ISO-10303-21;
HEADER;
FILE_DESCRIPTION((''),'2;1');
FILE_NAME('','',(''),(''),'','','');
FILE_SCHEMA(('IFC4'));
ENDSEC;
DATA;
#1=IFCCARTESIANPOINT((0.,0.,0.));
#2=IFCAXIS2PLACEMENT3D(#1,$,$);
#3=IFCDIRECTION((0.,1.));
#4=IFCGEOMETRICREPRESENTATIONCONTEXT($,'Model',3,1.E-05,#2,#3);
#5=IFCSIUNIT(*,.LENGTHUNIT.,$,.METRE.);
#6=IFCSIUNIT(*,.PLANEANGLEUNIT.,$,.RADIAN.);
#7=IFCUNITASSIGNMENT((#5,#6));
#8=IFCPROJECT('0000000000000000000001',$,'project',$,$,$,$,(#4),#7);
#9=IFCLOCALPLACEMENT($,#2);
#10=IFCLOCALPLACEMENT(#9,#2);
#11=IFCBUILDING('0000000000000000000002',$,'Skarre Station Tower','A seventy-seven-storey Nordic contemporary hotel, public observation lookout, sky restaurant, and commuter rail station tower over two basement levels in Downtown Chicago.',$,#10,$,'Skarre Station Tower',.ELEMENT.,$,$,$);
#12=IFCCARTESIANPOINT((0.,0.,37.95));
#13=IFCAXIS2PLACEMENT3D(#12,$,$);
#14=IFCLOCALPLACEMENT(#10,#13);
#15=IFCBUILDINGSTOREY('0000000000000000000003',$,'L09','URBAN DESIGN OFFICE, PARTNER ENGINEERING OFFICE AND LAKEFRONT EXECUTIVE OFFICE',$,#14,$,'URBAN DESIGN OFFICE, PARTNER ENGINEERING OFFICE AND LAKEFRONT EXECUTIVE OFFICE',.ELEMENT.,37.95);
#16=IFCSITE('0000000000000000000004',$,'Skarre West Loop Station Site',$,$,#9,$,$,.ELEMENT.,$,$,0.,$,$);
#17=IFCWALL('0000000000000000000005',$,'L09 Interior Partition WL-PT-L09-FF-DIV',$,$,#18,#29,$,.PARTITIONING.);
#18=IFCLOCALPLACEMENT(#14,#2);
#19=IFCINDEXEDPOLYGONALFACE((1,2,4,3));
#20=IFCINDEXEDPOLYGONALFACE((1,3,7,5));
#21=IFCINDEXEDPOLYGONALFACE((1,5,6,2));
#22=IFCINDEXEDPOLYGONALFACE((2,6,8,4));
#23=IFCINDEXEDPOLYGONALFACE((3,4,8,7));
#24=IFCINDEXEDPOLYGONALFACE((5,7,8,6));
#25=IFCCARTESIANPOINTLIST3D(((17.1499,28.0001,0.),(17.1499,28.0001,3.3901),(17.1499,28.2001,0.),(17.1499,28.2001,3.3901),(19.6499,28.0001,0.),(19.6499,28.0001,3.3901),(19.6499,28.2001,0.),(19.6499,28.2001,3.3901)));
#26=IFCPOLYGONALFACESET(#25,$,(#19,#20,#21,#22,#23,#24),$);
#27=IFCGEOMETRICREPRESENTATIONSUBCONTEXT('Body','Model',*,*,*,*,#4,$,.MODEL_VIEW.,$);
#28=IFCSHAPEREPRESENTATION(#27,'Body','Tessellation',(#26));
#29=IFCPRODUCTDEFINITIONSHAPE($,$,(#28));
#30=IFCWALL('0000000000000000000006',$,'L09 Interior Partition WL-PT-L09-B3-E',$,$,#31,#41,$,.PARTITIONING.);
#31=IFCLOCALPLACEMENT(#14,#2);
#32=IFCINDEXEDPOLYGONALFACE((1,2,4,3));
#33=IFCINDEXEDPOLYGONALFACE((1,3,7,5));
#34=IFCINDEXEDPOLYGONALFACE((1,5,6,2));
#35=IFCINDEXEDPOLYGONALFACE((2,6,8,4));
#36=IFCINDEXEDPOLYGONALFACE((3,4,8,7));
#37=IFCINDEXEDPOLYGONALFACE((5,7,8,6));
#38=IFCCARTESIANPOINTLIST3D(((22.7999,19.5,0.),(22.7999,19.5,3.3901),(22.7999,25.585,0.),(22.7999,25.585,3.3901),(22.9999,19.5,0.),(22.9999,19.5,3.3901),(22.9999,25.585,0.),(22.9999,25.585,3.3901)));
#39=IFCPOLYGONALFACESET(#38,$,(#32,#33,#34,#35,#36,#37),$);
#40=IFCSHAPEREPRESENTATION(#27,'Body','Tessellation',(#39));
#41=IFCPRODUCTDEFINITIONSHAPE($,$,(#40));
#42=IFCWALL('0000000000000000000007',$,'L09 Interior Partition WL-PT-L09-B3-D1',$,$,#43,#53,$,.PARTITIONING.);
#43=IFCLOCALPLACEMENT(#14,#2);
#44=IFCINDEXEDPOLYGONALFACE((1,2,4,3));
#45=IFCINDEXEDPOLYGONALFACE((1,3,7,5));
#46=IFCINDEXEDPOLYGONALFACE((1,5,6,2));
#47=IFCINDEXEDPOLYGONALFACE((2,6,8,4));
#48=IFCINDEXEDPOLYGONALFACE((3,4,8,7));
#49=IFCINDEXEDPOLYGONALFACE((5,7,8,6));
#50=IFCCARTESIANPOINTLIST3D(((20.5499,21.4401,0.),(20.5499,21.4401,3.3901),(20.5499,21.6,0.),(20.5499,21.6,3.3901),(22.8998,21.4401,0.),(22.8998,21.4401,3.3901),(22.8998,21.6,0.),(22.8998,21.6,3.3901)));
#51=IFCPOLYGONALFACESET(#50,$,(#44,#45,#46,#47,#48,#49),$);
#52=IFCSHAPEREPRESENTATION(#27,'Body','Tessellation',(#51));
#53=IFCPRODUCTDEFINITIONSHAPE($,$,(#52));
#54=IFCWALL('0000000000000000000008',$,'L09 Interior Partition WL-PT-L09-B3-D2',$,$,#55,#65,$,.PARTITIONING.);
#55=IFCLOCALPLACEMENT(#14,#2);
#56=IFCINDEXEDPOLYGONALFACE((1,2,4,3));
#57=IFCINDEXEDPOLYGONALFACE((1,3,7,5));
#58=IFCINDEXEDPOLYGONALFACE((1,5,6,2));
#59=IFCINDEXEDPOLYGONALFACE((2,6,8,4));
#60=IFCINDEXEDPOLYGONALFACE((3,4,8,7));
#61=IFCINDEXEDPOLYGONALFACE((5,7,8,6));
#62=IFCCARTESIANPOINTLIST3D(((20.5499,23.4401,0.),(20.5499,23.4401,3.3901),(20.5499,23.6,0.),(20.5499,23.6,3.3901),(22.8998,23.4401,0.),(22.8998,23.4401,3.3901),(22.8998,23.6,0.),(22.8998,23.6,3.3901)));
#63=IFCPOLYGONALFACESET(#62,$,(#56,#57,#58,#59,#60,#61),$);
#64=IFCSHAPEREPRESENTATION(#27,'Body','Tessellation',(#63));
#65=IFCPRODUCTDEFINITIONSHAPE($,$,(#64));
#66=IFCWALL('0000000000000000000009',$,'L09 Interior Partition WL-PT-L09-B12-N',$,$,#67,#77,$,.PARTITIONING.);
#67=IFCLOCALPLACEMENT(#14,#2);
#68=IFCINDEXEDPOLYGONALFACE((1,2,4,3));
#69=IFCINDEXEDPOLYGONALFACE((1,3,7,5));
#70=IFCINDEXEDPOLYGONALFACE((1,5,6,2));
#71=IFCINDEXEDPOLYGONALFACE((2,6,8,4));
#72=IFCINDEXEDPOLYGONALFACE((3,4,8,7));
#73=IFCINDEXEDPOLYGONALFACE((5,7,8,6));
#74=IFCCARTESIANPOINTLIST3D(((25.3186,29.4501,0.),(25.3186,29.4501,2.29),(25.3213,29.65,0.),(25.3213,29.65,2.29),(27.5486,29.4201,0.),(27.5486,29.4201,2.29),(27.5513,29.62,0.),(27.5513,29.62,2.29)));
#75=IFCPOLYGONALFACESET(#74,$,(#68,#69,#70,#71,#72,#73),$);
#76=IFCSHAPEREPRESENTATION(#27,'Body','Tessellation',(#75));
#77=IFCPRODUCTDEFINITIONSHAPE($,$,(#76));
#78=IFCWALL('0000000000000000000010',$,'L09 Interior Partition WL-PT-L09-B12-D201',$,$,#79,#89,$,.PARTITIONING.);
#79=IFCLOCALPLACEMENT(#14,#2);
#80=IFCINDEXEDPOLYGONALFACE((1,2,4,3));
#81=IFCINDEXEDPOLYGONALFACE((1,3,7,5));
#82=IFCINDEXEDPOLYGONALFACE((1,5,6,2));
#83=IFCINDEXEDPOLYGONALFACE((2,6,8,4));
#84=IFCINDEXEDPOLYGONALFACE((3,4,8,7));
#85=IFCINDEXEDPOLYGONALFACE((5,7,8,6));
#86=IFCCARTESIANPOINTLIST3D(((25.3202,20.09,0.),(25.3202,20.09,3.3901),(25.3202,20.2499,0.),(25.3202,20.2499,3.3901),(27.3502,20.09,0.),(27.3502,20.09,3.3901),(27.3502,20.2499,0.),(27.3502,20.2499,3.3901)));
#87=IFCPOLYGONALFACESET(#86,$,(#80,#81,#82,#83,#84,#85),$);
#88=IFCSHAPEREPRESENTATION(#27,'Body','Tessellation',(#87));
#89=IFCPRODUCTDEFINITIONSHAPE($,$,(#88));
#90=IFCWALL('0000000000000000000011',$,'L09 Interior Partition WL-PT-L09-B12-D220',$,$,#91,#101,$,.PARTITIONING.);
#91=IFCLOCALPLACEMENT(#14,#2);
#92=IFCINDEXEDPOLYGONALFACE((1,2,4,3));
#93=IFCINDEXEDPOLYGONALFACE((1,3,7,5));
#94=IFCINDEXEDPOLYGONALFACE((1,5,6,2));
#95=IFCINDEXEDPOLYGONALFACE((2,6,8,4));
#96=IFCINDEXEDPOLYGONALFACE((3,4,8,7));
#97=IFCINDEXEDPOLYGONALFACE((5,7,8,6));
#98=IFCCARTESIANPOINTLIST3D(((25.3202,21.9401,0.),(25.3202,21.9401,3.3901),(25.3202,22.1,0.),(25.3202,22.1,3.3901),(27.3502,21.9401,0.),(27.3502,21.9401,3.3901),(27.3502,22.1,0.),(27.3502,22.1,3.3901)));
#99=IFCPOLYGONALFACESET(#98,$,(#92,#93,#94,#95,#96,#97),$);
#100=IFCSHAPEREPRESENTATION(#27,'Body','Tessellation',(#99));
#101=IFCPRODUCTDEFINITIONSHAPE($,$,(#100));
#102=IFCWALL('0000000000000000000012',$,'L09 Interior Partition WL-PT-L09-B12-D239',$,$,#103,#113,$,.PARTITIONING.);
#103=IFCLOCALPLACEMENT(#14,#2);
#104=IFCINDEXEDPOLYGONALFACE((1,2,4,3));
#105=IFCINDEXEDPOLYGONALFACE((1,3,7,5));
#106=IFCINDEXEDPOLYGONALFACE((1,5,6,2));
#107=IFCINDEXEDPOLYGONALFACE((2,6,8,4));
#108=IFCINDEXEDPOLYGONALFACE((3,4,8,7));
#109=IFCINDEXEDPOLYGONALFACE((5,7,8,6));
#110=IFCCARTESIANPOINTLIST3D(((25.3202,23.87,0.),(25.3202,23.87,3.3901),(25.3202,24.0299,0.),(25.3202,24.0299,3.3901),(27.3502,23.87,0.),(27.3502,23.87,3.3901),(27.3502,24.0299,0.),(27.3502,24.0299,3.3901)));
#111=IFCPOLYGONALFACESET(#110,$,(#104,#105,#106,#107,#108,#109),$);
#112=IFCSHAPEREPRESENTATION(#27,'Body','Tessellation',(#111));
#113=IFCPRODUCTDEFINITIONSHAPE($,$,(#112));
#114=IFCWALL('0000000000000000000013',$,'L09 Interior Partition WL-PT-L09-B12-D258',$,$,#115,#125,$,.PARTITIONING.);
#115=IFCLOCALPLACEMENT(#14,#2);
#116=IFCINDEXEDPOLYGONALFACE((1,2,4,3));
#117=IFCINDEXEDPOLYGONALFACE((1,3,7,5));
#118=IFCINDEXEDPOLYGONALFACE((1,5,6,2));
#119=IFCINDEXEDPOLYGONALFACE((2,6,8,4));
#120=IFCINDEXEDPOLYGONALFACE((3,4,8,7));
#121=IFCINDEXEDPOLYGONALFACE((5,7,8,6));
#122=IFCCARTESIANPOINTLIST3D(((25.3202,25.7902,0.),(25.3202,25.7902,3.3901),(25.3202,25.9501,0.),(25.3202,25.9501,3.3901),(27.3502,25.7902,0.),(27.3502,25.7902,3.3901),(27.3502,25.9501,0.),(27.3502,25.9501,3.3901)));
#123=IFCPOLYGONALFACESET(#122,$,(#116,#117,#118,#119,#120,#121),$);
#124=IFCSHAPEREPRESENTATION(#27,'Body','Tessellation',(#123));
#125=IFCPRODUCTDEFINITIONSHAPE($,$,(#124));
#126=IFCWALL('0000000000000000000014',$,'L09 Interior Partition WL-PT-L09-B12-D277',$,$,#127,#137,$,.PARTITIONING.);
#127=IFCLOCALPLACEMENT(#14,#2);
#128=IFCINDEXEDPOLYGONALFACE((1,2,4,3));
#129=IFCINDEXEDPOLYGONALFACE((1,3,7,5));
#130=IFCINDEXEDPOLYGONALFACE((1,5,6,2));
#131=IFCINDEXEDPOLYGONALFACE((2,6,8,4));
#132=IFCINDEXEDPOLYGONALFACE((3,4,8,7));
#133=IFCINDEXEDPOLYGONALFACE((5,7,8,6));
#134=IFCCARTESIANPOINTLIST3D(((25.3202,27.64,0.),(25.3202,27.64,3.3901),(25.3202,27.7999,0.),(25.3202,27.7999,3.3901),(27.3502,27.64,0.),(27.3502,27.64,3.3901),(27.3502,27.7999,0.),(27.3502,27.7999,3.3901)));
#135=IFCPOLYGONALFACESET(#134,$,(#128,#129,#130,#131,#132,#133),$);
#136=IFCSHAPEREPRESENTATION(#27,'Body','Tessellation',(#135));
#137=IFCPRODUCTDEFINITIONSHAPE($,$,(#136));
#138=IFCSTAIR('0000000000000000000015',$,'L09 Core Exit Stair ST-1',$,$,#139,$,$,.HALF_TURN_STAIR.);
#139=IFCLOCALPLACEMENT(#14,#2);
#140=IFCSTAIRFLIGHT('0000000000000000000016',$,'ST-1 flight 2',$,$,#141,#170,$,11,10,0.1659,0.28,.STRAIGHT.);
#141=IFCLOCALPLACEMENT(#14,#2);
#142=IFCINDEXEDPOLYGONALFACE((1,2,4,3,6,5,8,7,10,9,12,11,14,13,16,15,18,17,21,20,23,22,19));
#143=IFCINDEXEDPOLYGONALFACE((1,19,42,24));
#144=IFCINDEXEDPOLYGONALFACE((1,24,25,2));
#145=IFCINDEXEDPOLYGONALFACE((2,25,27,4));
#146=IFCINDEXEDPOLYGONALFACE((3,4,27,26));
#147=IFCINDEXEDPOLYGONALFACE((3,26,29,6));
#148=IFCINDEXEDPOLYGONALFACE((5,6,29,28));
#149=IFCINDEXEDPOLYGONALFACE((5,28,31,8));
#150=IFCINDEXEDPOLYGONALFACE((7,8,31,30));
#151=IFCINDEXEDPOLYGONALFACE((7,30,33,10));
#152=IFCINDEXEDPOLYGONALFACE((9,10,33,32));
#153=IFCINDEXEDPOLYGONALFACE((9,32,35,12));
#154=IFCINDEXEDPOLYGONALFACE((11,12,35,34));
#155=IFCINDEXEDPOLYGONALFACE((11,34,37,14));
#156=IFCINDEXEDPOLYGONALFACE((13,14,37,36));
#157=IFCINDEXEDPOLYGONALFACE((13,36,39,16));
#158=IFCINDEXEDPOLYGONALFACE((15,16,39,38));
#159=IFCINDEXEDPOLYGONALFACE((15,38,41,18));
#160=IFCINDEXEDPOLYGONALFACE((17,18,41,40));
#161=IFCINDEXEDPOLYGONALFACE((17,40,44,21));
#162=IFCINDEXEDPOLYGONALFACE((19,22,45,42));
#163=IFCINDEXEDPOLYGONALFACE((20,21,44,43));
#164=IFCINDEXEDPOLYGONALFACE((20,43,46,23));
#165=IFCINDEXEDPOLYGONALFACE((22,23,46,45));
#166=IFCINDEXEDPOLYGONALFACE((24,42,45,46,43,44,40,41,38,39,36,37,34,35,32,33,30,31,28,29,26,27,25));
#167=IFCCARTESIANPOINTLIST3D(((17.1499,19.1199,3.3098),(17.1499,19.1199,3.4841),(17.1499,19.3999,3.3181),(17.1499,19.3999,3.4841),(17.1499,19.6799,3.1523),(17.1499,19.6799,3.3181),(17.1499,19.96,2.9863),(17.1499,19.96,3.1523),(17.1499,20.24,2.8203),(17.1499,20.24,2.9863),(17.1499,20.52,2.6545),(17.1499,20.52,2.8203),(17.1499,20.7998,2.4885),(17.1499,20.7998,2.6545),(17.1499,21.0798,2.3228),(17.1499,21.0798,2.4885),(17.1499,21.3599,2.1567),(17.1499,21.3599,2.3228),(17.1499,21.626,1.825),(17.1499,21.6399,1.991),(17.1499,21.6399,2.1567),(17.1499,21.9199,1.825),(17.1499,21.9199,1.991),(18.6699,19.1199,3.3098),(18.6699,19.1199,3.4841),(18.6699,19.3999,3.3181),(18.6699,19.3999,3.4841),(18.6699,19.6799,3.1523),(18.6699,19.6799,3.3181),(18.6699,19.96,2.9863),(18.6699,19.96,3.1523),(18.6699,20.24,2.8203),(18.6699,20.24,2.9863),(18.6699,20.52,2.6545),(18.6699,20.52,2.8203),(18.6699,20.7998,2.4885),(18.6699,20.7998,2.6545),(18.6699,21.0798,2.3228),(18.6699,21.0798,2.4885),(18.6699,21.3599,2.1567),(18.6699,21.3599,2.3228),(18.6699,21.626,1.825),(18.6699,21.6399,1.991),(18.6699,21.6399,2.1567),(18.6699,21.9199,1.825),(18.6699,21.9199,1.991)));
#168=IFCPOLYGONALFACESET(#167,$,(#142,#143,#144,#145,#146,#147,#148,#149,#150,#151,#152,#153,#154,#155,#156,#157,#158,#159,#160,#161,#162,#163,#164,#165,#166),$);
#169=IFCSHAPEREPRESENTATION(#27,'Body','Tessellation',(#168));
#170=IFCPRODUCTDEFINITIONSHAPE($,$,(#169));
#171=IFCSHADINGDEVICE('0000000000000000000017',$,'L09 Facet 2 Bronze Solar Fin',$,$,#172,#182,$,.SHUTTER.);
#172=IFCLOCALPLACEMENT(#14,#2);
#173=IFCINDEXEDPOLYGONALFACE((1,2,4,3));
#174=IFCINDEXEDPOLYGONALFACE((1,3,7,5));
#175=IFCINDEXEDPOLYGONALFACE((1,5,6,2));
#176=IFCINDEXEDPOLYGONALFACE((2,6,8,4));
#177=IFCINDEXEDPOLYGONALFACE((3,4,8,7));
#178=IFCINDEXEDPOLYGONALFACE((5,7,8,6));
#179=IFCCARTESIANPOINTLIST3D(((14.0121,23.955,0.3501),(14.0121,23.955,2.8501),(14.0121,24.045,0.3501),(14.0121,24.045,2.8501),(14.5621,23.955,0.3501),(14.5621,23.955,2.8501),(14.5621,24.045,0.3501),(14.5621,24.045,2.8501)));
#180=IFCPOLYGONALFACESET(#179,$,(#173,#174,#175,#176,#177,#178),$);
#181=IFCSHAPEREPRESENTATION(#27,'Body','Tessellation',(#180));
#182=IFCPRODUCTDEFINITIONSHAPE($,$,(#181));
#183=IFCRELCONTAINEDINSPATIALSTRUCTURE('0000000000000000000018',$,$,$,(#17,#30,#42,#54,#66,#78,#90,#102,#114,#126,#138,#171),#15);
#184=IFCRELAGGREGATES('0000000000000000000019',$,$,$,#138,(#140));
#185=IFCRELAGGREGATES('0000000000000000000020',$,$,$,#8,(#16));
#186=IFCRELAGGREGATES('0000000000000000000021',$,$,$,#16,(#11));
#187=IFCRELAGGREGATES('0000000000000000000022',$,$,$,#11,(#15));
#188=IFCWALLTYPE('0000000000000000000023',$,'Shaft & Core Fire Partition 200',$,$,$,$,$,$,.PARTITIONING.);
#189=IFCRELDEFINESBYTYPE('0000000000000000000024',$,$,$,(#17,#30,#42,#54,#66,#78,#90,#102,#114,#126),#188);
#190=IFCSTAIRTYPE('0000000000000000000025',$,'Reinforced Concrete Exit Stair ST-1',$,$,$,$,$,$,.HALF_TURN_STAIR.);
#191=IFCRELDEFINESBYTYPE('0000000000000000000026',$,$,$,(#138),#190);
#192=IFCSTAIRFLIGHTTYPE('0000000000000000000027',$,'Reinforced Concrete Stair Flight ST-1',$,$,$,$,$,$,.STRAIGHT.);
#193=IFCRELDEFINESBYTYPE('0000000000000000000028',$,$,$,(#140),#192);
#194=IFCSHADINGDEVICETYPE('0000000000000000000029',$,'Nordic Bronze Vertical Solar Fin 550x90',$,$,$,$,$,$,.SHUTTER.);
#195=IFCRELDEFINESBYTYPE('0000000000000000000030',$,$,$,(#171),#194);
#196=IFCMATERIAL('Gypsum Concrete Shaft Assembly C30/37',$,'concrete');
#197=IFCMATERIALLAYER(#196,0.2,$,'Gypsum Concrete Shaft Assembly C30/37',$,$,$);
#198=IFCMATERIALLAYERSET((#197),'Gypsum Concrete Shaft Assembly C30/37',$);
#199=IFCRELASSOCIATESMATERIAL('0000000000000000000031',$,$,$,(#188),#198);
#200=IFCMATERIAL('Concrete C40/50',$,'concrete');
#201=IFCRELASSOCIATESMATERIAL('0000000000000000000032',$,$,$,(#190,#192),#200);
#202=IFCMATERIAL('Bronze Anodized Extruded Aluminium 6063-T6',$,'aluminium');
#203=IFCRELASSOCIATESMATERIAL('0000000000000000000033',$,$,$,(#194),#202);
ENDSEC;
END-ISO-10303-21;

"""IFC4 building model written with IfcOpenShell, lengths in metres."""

from ifc_helpers import new_model, si_unit, direction, frame, frame_2d, origin, origin_2d, place, context, subcontext, project, spatial, polyline, rectangle, outline, extrude, material, layer, layer_set, type_object, element, aggregate, save


model = new_model("IFC4")

# Units and contexts
model_context = context("Model", 3, precision=1e-05, world=origin(), true_north=direction((0.0, 1.0)))
body_context = subcontext(model_context, "Body", "Model", "MODEL_VIEW")
ifc_project = project(units=[si_unit("LENGTHUNIT", "METRE"), si_unit("PLANEANGLEUNIT", "RADIAN")], contexts=[model_context])

# Site, building, storey
site_placement = place(None, origin())
site = spatial("IfcSite", under=ifc_project, at=site_placement, Name="Skarre West Loop Station Site", CompositionType="ELEMENT", RefElevation=0.0)
building_placement = place(site_placement, origin())
building = spatial("IfcBuilding", under=site, at=building_placement, Name="Skarre Station Tower", Description="A seventy-seven-storey Nordic contemporary hotel, public observation lookout, sky restaurant, and commuter rail station tower over two basement levels in Downtown Chicago.", LongName="Skarre Station Tower", CompositionType="ELEMENT")
storey_placement = place(building_placement, frame((0.0, 0.0, 37.95)))
storey = spatial("IfcBuildingStorey", under=building, at=storey_placement, Name="L09", Description="URBAN DESIGN OFFICE, PARTNER ENGINEERING OFFICE AND LAKEFRONT EXECUTIVE OFFICE", LongName="URBAN DESIGN OFFICE, PARTNER ENGINEERING OFFICE AND LAKEFRONT EXECUTIVE OFFICE", CompositionType="ELEMENT", Elevation=37.95)

# Shared definitions
ifc_material_1 = material(Name="Gypsum Concrete Shaft Assembly C30/37", Category="concrete")
ifc_layer_1 = layer(ifc_material_1, 0.2, Name="Gypsum Concrete Shaft Assembly C30/37")
ifc_layer_set_1 = layer_set([ifc_layer_1], Name="Gypsum Concrete Shaft Assembly C30/37")
wall_type_1 = type_object("IfcWallType", Name="Shaft & Core Fire Partition 200", PredefinedType="PARTITIONING", material=ifc_layer_set_1)

# Walls
wall_1_placement = place(storey_placement, frame((17.1499, 28.1001, 0.0), z_axis=(0.0, 0.0, 1.0), x_axis=(1.0, 0.0, 0.0)))
element("IfcWall", 1, at=wall_1_placement, inside=storey, type_object=wall_type_1, Name="L09 Interior Partition WL-PT-L09-FF-DIV", PredefinedType="PARTITIONING", context=body_context, shape_type="SweptSolid", body=[
    extrude(rectangle(XDim=2.5, YDim=0.2, at=frame_2d((1.25, 0.0))), origin(), (0.0, 0.0, 1.0), 3.3901),
])
wall_2_placement = place(storey_placement, frame((22.8999, 19.5, 0.0), z_axis=(0.0, 0.0, 1.0), x_axis=(0.0, 1.0, 0.0)))
element("IfcWall", 2, at=wall_2_placement, inside=storey, type_object=wall_type_1, Name="L09 Interior Partition WL-PT-L09-B3-E", PredefinedType="PARTITIONING", context=body_context, shape_type="SweptSolid", body=[
    extrude(rectangle(XDim=6.085, YDim=0.2, at=frame_2d((3.0425, 0.0))), origin(), (0.0, 0.0, 1.0), 3.3901),
])
for number, where, z_axis, x_axis, name in (
    (3, (20.55, 21.52, 0.0), (0.0, 0.0, 1.0), (1.0, 0.0, 0.0), "L09 Interior Partition WL-PT-L09-B3-D1"),
    (4, (20.55, 23.52, 0.0), (0.0, 0.0, 1.0), (1.0, 0.0, 0.0), "L09 Interior Partition WL-PT-L09-B3-D2"),
):
    element("IfcWall", number, at=place(storey_placement, frame(where, z_axis=z_axis, x_axis=x_axis)), inside=storey, type_object=wall_type_1, Name=name, PredefinedType="PARTITIONING", context=body_context, shape_type="SweptSolid", body=[
        extrude(rectangle(XDim=2.3499, YDim=0.1599, at=frame_2d((1.1748, 0.0))), origin(), (0.0, 0.0, 1.0), 3.3901),
    ])
wall_3_placement = place(storey_placement, frame((27.55, 29.52, 0.0), z_axis=(0.0, 0.0, 1.0), x_axis=(-0.999909, 0.013465, 0.0)))
element("IfcWall", 5, at=wall_3_placement, inside=storey, type_object=wall_type_1, Name="L09 Interior Partition WL-PT-L09-B12-N", PredefinedType="PARTITIONING", context=body_context, shape_type="SweptSolid", body=[
    extrude(rectangle(XDim=2.2302, YDim=0.2, at=frame_2d((1.1152, 0.0))), origin(), (0.0, 0.0, 1.0), 2.29),
])
for number, where, z_axis, x_axis, name in (
    (6, (25.3201, 20.1699, 0.0), (0.0, 0.0, 1.0), (1.0, 0.0, 0.0), "L09 Interior Partition WL-PT-L09-B12-D201"),
    (7, (25.3201, 22.02, 0.0), (0.0, 0.0, 1.0), (1.0, 0.0, 0.0), "L09 Interior Partition WL-PT-L09-B12-D220"),
    (8, (25.3201, 23.95, 0.0), (0.0, 0.0, 1.0), (1.0, 0.0, 0.0), "L09 Interior Partition WL-PT-L09-B12-D239"),
    (9, (25.3201, 25.8701, 0.0), (0.0, 0.0, 1.0), (1.0, 0.0, 0.0), "L09 Interior Partition WL-PT-L09-B12-D258"),
    (10, (25.3201, 27.72, 0.0), (0.0, 0.0, 1.0), (1.0, 0.0, 0.0), "L09 Interior Partition WL-PT-L09-B12-D277"),
):
    element("IfcWall", number, at=place(storey_placement, frame(where, z_axis=z_axis, x_axis=x_axis)), inside=storey, type_object=wall_type_1, Name=name, PredefinedType="PARTITIONING", context=body_context, shape_type="SweptSolid", body=[
        extrude(rectangle(XDim=2.03, YDim=0.1599, at=frame_2d((1.0151, 0.0))), origin(), (0.0, 0.0, 1.0), 3.3901),
    ])

# Stair, stair flight
ifc_material_2 = material(Name="Concrete C40/50", Category="concrete")
stair_type = type_object("IfcStairType", Name="Reinforced Concrete Exit Stair ST-1", PredefinedType="HALF_TURN_STAIR", material=ifc_material_2)
stair_placement = place(storey_placement, origin())
stair = element("IfcStair", 11, at=stair_placement, inside=storey, type_object=stair_type, Name="L09 Core Exit Stair ST-1", PredefinedType="HALF_TURN_STAIR")
stair_flight_type = type_object("IfcStairFlightType", Name="Reinforced Concrete Stair Flight ST-1", PredefinedType="STRAIGHT", material=ifc_material_2)
stair_flight_placement = place(storey_placement, frame((17.9099, 21.9199, 1.825), z_axis=(0.0, 0.0, 1.0), x_axis=(0.0, -1.0, 0.0)))
stair_flight = element("IfcStairFlight", 12, at=stair_flight_placement, type_object=stair_flight_type, Name="ST-1 flight 2", NumberOfRisers=11, NumberOfTreads=10, PredefinedType="STRAIGHT", RiserHeight=0.1659, TreadLength=0.28, context=body_context, shape_type="SweptSolid", body=[
    extrude(outline(polyline([(0.0, 0.0), (0.0, 0.166), (0.28, 0.166), (0.28, 0.3318), (0.5601, 0.3318), (0.5601, 0.4978), (0.8401, 0.4978), (0.8401, 0.6636), (1.1201, 0.6636), (1.1201, 0.8296), (1.3999, 0.8296), (1.3999, 0.9954), (1.6799, 0.9954), (1.6799, 1.1614), (1.96, 1.1614), (1.96, 1.3274), (2.24, 1.3274), (2.24, 1.4932), (2.52, 1.4932), (2.52, 1.6592), (2.8, 1.6592), (2.8, 1.825), (2.8, 1.4849), (0.2939, 0.0), (0.0, 0.0)])), frame((0.0, 0.76, 0.0), z_axis=(0.0, -1.0, 0.0), x_axis=(1.0, 0.0, 0.0)), (0.0, 0.0, 1.0), 1.52),
])
aggregate(stair, [stair_flight])

# Shading device
ifc_material_3 = material(Name="Bronze Anodized Extruded Aluminium 6063-T6", Category="aluminium")
shading_device_type = type_object("IfcShadingDeviceType", Name="Nordic Bronze Vertical Solar Fin 550x90", PredefinedType="SHUTTER", material=ifc_material_3)
shading_device_placement = place(storey_placement, frame((14.2871, 24.0, 0.3501), z_axis=(0.0, 0.0, 1.0), x_axis=(-1.0, 0.0, 0.0)))
element("IfcShadingDevice", 13, at=shading_device_placement, inside=storey, type_object=shading_device_type, Name="L09 Facet 2 Bronze Solar Fin", PredefinedType="SHUTTER", context=body_context, shape_type="SweptSolid", body=[
    extrude(rectangle(XDim=0.55, YDim=0.0901, at=origin_2d()), origin(), (0.0, 0.0, 1.0), 2.5),
])

save(model, "model.ifc")
